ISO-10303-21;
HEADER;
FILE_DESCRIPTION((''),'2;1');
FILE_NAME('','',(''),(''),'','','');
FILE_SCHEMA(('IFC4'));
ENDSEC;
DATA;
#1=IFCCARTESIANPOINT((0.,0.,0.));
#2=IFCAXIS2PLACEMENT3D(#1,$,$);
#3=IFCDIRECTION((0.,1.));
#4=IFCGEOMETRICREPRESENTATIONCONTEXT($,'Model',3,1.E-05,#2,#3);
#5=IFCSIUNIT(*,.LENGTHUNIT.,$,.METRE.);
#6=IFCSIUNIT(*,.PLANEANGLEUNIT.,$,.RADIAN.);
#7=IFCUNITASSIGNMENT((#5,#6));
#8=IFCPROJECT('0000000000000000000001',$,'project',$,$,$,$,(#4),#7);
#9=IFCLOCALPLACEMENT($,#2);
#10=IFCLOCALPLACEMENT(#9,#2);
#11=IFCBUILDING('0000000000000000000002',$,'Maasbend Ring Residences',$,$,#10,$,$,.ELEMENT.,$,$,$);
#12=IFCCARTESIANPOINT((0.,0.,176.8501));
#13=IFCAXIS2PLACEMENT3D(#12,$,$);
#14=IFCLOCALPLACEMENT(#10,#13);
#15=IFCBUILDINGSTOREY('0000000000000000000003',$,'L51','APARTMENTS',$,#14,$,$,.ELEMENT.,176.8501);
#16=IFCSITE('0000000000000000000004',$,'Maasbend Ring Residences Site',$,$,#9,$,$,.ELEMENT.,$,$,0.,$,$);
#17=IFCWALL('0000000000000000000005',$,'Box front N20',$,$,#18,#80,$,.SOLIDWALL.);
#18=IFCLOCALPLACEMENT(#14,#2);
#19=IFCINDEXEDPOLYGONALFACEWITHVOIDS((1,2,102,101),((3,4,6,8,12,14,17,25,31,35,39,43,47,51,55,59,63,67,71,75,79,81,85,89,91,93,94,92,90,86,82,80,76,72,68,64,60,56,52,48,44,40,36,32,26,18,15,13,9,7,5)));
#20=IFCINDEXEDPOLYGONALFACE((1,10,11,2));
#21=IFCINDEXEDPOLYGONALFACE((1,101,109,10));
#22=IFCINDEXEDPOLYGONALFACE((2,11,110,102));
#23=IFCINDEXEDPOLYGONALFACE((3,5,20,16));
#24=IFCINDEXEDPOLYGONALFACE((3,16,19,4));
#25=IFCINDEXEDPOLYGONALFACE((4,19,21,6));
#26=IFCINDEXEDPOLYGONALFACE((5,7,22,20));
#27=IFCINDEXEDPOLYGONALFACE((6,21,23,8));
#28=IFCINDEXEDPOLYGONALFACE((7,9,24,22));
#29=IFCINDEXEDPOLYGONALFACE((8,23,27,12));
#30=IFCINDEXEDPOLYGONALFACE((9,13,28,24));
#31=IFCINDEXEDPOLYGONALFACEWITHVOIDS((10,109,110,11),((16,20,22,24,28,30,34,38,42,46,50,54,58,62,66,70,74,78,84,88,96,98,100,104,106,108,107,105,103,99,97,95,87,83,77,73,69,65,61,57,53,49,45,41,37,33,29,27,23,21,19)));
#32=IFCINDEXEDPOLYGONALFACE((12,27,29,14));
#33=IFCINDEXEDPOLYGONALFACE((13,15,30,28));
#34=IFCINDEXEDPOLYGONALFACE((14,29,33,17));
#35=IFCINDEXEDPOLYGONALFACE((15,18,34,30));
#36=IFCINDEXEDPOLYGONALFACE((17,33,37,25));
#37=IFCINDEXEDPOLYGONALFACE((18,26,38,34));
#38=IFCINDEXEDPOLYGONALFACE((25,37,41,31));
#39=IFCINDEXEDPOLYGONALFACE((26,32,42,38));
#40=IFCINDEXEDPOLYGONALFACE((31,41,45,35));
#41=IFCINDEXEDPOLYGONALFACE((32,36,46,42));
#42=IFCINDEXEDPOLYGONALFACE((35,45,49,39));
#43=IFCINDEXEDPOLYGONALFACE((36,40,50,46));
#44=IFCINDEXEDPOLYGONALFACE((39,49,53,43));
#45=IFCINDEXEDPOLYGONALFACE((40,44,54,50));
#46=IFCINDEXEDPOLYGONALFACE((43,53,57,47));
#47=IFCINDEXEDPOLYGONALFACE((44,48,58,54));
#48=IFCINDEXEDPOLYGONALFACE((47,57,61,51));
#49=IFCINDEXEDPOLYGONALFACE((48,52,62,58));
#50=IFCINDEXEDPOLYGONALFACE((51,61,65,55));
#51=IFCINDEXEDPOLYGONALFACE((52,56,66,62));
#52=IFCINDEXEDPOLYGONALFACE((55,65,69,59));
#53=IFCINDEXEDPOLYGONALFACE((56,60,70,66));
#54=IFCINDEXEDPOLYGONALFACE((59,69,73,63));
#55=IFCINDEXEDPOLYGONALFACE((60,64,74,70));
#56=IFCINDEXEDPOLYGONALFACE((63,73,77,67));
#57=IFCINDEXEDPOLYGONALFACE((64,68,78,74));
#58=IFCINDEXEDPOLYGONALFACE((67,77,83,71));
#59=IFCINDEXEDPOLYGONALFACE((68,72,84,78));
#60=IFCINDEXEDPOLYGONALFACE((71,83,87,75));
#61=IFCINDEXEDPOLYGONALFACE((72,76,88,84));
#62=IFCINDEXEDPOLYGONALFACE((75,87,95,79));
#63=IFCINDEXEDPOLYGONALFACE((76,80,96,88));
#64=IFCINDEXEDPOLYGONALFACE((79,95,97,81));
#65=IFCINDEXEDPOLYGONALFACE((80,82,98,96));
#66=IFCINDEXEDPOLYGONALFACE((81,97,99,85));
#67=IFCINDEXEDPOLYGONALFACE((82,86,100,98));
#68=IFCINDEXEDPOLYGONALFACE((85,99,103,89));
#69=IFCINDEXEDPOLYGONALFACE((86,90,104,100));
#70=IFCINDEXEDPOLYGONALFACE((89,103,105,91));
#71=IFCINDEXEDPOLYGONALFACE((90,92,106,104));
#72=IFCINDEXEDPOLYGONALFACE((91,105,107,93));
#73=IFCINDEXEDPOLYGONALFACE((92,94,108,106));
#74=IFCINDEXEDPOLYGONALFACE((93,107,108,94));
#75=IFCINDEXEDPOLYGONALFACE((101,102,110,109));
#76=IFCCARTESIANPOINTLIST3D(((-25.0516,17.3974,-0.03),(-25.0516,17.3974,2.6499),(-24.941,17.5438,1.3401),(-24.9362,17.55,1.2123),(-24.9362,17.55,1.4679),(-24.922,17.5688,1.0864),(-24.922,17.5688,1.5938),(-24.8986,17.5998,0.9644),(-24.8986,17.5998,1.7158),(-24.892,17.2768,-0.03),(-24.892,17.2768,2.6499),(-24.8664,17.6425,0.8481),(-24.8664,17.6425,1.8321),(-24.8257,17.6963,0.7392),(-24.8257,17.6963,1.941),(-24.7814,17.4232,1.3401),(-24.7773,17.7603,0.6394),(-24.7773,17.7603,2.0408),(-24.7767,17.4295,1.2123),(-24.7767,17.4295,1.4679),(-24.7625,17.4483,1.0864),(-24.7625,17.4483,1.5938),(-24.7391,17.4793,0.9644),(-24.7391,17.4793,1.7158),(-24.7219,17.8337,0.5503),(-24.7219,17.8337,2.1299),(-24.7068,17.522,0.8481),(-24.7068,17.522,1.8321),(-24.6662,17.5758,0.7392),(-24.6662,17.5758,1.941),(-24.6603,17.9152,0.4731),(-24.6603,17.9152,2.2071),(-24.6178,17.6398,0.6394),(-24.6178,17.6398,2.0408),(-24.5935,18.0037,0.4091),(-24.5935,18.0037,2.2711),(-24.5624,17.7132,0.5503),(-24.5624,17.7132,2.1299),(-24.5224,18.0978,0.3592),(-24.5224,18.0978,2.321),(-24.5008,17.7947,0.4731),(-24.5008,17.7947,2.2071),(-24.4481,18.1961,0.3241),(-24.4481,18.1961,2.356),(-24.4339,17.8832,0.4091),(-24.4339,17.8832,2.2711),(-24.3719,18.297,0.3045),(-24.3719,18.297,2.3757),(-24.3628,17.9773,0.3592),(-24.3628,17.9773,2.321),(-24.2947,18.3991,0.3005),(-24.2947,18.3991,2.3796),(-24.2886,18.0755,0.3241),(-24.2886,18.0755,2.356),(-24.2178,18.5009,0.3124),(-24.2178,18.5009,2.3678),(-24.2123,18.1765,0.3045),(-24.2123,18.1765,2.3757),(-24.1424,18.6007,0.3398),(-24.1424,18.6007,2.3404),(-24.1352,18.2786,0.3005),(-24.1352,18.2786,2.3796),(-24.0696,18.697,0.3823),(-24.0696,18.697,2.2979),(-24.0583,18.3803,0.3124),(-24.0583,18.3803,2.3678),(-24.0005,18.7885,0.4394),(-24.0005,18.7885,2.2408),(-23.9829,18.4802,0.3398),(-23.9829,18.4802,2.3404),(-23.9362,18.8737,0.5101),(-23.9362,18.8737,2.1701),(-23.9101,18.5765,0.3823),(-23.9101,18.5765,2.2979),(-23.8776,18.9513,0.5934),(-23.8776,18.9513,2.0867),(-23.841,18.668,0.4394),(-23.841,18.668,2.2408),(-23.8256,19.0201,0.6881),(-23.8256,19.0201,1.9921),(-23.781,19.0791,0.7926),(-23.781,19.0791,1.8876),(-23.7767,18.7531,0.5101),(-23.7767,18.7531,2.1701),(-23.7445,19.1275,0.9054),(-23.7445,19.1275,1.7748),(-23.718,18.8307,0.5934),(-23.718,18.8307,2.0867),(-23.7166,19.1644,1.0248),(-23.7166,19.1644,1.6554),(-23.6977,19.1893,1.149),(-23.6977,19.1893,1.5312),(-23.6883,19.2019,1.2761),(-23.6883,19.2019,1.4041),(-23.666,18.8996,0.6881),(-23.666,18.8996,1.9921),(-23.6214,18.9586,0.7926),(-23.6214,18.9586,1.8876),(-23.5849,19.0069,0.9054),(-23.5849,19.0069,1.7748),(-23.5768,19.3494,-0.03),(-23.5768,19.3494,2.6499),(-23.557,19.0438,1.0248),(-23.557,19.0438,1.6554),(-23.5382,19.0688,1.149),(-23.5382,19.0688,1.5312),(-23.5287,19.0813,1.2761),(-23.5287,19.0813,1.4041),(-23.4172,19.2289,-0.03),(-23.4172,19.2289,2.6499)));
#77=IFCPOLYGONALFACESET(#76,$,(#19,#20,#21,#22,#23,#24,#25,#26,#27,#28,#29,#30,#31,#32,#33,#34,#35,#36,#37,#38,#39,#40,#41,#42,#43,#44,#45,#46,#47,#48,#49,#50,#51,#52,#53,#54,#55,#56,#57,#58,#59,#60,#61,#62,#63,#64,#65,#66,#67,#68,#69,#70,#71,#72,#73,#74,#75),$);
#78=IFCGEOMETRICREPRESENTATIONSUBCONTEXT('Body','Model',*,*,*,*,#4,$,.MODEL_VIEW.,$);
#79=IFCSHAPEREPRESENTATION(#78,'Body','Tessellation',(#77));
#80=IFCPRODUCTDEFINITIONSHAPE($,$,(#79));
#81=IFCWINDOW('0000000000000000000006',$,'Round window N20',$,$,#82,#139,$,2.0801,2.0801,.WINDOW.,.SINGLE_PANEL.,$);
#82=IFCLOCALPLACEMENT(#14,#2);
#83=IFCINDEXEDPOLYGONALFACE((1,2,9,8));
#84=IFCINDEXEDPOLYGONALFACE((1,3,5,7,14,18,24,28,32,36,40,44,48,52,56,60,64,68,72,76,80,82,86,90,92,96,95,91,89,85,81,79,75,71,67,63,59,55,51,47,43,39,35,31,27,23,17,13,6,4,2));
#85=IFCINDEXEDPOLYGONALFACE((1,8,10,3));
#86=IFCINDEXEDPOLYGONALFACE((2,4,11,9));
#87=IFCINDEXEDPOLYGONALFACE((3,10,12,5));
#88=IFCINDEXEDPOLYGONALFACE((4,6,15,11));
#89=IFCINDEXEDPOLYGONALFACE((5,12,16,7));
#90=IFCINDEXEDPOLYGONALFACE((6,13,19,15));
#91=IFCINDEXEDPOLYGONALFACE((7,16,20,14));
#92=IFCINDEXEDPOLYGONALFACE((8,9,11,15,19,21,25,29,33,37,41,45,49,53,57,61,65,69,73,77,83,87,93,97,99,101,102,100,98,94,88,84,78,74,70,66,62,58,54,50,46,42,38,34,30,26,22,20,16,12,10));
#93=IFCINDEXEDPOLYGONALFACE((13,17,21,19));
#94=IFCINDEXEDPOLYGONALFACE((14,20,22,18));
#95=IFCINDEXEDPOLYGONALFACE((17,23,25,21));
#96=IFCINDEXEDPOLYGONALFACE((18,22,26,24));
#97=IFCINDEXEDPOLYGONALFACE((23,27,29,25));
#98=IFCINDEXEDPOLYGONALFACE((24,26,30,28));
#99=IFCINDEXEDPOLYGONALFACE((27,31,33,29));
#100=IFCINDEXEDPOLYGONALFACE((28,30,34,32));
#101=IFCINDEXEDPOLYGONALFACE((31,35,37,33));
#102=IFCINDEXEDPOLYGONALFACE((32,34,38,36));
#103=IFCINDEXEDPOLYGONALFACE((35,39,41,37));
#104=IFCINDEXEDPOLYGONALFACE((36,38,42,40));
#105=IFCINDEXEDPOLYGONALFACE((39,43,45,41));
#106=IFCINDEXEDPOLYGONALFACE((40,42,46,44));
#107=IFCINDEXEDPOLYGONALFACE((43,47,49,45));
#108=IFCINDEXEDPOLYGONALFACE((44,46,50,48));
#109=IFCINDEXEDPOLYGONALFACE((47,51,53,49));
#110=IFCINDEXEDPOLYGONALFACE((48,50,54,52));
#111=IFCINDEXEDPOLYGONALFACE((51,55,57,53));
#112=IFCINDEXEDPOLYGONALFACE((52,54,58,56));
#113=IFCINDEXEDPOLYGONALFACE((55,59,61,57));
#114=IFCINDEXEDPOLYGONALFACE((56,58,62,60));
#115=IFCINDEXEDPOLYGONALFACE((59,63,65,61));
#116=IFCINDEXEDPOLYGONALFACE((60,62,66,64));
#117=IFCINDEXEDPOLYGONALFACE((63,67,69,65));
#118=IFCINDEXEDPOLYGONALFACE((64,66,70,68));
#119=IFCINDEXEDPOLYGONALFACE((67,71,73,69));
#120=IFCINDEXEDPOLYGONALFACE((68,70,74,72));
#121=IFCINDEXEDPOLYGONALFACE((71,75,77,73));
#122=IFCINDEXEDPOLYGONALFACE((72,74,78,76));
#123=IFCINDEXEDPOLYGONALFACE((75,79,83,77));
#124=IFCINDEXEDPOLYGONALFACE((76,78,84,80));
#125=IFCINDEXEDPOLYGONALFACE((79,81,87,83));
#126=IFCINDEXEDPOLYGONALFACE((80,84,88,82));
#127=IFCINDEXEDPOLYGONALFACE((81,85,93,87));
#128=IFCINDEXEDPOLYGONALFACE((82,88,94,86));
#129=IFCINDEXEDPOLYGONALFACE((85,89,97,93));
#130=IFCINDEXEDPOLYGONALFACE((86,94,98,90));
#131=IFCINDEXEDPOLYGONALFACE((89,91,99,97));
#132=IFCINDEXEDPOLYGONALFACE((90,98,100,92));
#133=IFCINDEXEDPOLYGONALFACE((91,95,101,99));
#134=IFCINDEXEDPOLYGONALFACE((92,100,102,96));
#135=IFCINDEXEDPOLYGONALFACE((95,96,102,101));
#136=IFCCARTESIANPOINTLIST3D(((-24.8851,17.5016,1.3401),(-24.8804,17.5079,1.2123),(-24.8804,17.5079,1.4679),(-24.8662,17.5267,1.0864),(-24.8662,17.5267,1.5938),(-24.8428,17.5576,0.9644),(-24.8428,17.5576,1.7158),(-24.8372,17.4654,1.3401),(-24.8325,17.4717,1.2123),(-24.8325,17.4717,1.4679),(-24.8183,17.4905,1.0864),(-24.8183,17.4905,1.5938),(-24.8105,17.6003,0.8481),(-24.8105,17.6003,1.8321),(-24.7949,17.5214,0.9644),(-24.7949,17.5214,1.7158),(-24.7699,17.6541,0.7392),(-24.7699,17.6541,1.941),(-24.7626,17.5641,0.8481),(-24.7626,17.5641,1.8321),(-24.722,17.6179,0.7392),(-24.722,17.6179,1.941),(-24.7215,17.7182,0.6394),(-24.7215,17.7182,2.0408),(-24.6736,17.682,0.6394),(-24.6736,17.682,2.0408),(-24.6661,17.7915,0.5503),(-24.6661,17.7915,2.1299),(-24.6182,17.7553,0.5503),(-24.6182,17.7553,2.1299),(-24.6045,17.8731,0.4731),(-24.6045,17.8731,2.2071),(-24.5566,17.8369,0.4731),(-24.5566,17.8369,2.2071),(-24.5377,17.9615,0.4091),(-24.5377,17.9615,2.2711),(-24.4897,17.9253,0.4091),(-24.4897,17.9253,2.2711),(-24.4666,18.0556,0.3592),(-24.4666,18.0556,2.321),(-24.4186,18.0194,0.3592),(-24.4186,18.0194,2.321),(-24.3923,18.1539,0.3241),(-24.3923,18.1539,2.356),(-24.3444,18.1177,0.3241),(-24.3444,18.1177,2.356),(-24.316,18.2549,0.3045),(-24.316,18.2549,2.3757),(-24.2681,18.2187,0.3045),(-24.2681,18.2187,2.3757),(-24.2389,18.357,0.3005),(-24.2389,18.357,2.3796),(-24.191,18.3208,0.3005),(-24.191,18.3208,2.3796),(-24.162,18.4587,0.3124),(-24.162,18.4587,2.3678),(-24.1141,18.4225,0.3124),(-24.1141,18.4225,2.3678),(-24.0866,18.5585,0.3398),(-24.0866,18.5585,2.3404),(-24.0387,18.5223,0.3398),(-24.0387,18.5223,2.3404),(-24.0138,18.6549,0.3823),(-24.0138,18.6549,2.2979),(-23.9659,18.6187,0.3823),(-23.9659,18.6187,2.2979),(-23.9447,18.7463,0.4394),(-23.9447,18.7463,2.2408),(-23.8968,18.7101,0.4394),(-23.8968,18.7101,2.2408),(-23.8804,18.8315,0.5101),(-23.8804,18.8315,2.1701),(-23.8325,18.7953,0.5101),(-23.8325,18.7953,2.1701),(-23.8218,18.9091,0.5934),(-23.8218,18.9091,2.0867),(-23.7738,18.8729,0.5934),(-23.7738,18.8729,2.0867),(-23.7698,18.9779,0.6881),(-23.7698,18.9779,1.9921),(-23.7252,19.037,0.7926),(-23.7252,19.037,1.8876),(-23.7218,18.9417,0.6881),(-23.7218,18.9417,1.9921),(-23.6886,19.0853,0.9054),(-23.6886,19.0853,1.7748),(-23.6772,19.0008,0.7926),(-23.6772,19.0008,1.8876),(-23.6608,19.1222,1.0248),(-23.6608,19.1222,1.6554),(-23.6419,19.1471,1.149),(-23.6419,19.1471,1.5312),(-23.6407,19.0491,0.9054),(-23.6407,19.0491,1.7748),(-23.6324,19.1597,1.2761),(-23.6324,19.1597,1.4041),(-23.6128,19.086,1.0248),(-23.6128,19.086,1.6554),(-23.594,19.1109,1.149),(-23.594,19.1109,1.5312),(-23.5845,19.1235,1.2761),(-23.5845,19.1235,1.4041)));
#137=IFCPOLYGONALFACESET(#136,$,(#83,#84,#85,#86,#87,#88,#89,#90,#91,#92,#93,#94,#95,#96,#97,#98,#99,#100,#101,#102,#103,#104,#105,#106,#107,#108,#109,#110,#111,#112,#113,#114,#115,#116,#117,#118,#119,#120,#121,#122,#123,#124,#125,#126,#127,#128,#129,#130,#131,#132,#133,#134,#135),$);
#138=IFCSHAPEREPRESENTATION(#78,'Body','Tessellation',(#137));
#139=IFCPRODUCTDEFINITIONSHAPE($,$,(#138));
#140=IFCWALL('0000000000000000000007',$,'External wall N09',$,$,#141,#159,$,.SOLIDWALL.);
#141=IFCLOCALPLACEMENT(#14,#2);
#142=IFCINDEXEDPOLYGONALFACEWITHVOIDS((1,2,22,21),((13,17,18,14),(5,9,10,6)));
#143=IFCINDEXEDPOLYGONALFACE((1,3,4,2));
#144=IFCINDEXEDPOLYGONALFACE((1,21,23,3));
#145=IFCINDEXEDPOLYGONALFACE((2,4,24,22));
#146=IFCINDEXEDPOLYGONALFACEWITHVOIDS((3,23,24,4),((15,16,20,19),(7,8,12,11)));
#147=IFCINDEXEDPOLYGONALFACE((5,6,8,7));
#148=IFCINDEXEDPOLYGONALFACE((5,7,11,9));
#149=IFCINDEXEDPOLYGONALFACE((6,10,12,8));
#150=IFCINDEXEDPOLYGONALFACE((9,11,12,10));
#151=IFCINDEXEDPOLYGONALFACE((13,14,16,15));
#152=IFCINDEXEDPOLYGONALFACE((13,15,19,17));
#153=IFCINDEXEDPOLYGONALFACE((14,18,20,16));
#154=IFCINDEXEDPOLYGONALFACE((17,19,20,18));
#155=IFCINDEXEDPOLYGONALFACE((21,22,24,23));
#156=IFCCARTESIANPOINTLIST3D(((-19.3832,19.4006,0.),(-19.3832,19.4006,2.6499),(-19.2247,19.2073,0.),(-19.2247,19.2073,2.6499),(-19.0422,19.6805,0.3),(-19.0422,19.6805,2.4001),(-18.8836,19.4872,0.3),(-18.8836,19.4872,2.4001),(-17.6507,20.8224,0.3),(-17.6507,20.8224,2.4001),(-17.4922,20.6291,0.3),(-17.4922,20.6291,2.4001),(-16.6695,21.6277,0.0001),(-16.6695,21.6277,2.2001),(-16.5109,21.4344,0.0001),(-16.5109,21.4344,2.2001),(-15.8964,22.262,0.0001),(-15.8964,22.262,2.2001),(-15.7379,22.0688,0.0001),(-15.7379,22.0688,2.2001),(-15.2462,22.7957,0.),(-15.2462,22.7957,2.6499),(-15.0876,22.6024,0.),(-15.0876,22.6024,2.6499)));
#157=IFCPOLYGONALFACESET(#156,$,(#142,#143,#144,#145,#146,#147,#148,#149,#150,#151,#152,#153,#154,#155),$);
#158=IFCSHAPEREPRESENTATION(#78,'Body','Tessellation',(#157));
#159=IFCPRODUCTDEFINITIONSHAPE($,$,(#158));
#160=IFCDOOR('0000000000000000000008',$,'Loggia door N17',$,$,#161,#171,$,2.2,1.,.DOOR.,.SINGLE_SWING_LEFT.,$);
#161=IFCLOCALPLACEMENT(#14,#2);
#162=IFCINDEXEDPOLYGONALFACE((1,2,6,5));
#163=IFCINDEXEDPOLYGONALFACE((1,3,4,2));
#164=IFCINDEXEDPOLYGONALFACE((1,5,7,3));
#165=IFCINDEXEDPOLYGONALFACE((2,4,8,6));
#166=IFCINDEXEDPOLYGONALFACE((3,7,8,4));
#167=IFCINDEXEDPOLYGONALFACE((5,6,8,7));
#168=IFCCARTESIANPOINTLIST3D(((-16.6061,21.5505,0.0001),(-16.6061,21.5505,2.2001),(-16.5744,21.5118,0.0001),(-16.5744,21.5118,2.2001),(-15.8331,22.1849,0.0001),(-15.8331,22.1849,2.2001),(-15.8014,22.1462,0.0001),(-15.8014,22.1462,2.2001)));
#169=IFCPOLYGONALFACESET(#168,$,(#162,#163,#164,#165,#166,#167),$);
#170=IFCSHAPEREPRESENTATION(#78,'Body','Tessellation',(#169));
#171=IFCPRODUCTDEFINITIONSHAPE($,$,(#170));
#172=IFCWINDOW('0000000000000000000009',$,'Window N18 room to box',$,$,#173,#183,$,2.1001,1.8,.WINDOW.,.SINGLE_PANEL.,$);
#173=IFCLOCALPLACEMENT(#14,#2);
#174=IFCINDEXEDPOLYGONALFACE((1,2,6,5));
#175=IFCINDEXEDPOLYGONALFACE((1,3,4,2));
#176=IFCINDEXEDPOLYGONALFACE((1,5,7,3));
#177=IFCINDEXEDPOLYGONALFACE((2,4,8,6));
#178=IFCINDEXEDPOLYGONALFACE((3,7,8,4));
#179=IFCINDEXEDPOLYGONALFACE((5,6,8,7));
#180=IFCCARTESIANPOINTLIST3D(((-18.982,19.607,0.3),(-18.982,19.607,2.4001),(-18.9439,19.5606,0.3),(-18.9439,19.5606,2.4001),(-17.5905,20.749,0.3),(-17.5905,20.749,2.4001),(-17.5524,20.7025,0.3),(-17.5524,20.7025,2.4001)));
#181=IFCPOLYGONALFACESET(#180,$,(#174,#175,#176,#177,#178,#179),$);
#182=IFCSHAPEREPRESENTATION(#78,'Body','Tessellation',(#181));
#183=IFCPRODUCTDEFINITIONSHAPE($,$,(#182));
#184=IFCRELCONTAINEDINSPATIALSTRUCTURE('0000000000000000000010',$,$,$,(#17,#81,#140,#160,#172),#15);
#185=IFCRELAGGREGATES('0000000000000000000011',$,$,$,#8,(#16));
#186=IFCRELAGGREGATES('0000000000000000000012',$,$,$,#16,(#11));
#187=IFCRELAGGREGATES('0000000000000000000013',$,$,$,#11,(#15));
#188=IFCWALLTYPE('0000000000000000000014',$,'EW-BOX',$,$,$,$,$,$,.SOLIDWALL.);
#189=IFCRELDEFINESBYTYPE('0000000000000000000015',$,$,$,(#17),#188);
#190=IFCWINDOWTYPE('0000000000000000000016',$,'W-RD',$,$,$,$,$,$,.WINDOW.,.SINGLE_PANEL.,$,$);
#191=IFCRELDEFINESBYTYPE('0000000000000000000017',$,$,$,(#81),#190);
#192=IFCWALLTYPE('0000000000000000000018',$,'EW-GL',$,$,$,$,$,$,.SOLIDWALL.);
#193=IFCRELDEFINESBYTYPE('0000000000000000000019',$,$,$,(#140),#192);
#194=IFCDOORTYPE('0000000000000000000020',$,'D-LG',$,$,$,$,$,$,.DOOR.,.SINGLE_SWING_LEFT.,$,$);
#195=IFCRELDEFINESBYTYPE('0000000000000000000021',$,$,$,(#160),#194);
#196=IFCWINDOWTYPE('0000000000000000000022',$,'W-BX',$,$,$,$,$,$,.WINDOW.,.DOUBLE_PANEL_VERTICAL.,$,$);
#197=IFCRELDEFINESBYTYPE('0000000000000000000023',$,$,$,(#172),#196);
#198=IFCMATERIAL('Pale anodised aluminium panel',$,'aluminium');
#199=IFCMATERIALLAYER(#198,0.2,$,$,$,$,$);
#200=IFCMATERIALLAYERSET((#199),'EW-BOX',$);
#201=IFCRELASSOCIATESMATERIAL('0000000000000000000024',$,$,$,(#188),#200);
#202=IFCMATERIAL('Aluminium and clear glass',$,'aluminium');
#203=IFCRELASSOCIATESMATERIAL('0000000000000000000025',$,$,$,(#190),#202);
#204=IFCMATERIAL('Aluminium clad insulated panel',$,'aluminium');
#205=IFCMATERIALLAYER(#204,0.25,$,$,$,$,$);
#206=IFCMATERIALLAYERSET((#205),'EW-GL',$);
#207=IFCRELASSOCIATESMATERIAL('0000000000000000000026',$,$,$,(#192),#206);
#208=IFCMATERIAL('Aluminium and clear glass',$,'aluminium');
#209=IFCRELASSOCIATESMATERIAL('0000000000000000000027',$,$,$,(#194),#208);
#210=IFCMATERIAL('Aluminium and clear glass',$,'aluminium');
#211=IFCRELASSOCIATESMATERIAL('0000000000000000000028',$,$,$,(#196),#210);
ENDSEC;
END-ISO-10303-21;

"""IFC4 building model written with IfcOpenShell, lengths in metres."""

from ifc_helpers import new_model, si_unit, direction, frame, frame_2d, origin, place, context, subcontext, project, spatial, rectangle, circle, extrude, material, layer, layer_set, type_object, element, fill, save


model = new_model("IFC4")

# Units and contexts
model_context = context("Model", 3, precision=1e-05, world=origin(), true_north=direction((0.0, 1.0)))
body_context = subcontext(model_context, "Body", "Model", "MODEL_VIEW")
ifc_project = project(units=[si_unit("LENGTHUNIT", "METRE"), si_unit("PLANEANGLEUNIT", "RADIAN")], contexts=[model_context])

# Site, building, storey
site_placement = place(None, origin())
site = spatial("IfcSite", under=ifc_project, at=site_placement, Name="Maasbend Ring Residences Site", CompositionType="ELEMENT", RefElevation=0.0)
building_placement = place(site_placement, origin())
building = spatial("IfcBuilding", under=site, at=building_placement, Name="Maasbend Ring Residences", CompositionType="ELEMENT")
storey_placement = place(building_placement, frame((0.0, 0.0, 176.8501)))
storey = spatial("IfcBuildingStorey", under=building, at=storey_placement, Name="L51", Description="APARTMENTS", CompositionType="ELEMENT", Elevation=176.8501)

# Shared definitions
ifc_material_1 = material(Name="Pale anodised aluminium panel", Category="aluminium")
ifc_layer_1 = layer(ifc_material_1, 0.2)
ifc_layer_set_1 = layer_set([ifc_layer_1], Name="EW-BOX")
wall_type_1 = type_object("IfcWallType", Name="EW-BOX", PredefinedType="SOLIDWALL", material=ifc_layer_set_1)
ifc_material_2 = material(Name="Aluminium and clear glass", Category="aluminium")
window_type_1 = type_object("IfcWindowType", Name="W-RD", PartitioningType="SINGLE_PANEL", PredefinedType="WINDOW", material=ifc_material_2)

# Wall, opening, window
wall_1_placement = place(storey_placement, frame((-23.4971, 19.2891, -0.03), z_axis=(0.0, 0.0, 1.0), x_axis=(-0.602806, -0.797888, 0.0)))
wall_1 = element("IfcWall", 1, at=wall_1_placement, inside=storey, type_object=wall_type_1, Name="Box front N20", PredefinedType="SOLIDWALL", context=body_context, shape_type="SweptSolid", body=[
    extrude(rectangle(XDim=2.4465, YDim=0.2, at=frame_2d((1.2231, 0.0))), origin(), (0.0, 0.0, 1.0), 2.6799),
])
opening_1_placement = place(wall_1_placement, frame((0.1829, 0.0, 0.3301)))
opening_1 = element("IfcOpeningElement", 2, at=opening_1_placement, cuts=wall_1, PredefinedType="OPENING", context=body_context, shape_type="SweptSolid", body=[
    extrude(circle(Radius=1.04, at=frame_2d((1.04, 1.04))), frame((0.0, 0.1099, 0.0), z_axis=(0.0, -1.0, 0.0), x_axis=(1.0, 0.0, 0.0)), (0.0, 0.0, 1.0), 0.22),
])
window_1_placement = place(opening_1_placement, origin())
window_1 = element("IfcWindow", 3, at=window_1_placement, inside=storey, type_object=window_type_1, Name="Round window N20", OverallHeight=2.0801, OverallWidth=2.0801, PartitioningType="SINGLE_PANEL", PredefinedType="WINDOW", context=body_context, shape_type="SweptSolid", body=[
    extrude(circle(Radius=1.04, at=frame_2d((1.04, 1.04))), frame((0.0, 0.03, 0.0), z_axis=(0.0, -1.0, 0.0), x_axis=(1.0, 0.0, 0.0)), (0.0, 0.0, 1.0), 0.0601),
])
fill(opening_1, window_1)

# Wall, openings, door, window
ifc_material_3 = material(Name="Aluminium clad insulated panel", Category="aluminium")
ifc_layer_2 = layer(ifc_material_3, 0.25)
ifc_layer_set_2 = layer_set([ifc_layer_2], Name="EW-GL")
wall_type_2 = type_object("IfcWallType", Name="EW-GL", PredefinedType="SOLIDWALL", material=ifc_layer_set_2)
wall_2_placement = place(storey_placement, frame((-15.167, 22.699, 0.0), z_axis=(0.0, 0.0, 1.0), x_axis=(-0.773019, -0.634382, 0.0)))
wall_2 = element("IfcWall", 4, at=wall_2_placement, inside=storey, type_object=wall_type_2, Name="External wall N09", PredefinedType="SOLIDWALL", context=body_context, shape_type="SweptSolid", body=[
    extrude(rectangle(XDim=5.3518, YDim=0.25, at=frame_2d((2.6758, 0.0))), origin(), (0.0, 0.0, 1.0), 2.6499),
])
opening_2_placement = place(wall_2_placement, frame((0.8411, 0.0, 0.0)))
opening_2 = element("IfcOpeningElement", 5, at=opening_2_placement, cuts=wall_2, PredefinedType="OPENING", context=body_context, shape_type="SweptSolid", body=[
    extrude(rectangle(XDim=1.0, YDim=2.2, at=frame_2d((0.5, 1.1001))), frame((0.0, 0.135, 0.0), z_axis=(0.0, -1.0, 0.0), x_axis=(1.0, 0.0, 0.0)), (0.0, 0.0, 1.0), 0.27),
])
opening_3_placement = place(wall_2_placement, frame((3.1106, 0.0, 0.3)))
opening_3 = element("IfcOpeningElement", 6, at=opening_3_placement, cuts=wall_2, PredefinedType="OPENING", context=body_context, shape_type="SweptSolid", body=[
    extrude(rectangle(XDim=1.8, YDim=2.1001, at=frame_2d((0.8999, 1.05))), frame((0.0, 0.135, 0.0), z_axis=(0.0, -1.0, 0.0), x_axis=(1.0, 0.0, 0.0)), (0.0, 0.0, 1.0), 0.27),
])
ifc_material_4 = material(Name="Aluminium and clear glass", Category="aluminium")
door_type = type_object("IfcDoorType", Name="D-LG", OperationType="SINGLE_SWING_LEFT", PredefinedType="DOOR", material=ifc_material_4)
door_1_placement = place(opening_2_placement, origin())
door_1 = element("IfcDoor", 7, at=door_1_placement, inside=storey, type_object=door_type, Name="Loggia door N17", OperationType="SINGLE_SWING_LEFT", OverallHeight=2.2, OverallWidth=1.0, PredefinedType="DOOR", context=body_context, shape_type="SweptSolid", body=[
    extrude(rectangle(XDim=1.0, YDim=2.2, at=frame_2d((0.5, 1.1001))), frame((0.0, 0.0249, 0.0), z_axis=(0.0, -1.0, 0.0), x_axis=(1.0, 0.0, 0.0)), (0.0, 0.0, 1.0), 0.05),
])
fill(opening_2, door_1)
ifc_material_5 = material(Name="Aluminium and clear glass", Category="aluminium")
window_type_2 = type_object("IfcWindowType", Name="W-BX", PartitioningType="DOUBLE_PANEL_VERTICAL", PredefinedType="WINDOW", material=ifc_material_5)
window_2_placement = place(opening_3_placement, origin())
window_2 = element("IfcWindow", 8, at=window_2_placement, inside=storey, type_object=window_type_2, Name="Window N18 room to box", OverallHeight=2.1001, OverallWidth=1.8, PartitioningType="SINGLE_PANEL", PredefinedType="WINDOW", context=body_context, shape_type="SweptSolid", body=[
    extrude(rectangle(XDim=1.8, YDim=2.1001, at=frame_2d((0.8999, 1.05))), frame((0.0, 0.03, 0.0), z_axis=(0.0, -1.0, 0.0), x_axis=(1.0, 0.0, 0.0)), (0.0, 0.0, 1.0), 0.0601),
])
fill(opening_3, window_2)

save(model, "model.ifc")
